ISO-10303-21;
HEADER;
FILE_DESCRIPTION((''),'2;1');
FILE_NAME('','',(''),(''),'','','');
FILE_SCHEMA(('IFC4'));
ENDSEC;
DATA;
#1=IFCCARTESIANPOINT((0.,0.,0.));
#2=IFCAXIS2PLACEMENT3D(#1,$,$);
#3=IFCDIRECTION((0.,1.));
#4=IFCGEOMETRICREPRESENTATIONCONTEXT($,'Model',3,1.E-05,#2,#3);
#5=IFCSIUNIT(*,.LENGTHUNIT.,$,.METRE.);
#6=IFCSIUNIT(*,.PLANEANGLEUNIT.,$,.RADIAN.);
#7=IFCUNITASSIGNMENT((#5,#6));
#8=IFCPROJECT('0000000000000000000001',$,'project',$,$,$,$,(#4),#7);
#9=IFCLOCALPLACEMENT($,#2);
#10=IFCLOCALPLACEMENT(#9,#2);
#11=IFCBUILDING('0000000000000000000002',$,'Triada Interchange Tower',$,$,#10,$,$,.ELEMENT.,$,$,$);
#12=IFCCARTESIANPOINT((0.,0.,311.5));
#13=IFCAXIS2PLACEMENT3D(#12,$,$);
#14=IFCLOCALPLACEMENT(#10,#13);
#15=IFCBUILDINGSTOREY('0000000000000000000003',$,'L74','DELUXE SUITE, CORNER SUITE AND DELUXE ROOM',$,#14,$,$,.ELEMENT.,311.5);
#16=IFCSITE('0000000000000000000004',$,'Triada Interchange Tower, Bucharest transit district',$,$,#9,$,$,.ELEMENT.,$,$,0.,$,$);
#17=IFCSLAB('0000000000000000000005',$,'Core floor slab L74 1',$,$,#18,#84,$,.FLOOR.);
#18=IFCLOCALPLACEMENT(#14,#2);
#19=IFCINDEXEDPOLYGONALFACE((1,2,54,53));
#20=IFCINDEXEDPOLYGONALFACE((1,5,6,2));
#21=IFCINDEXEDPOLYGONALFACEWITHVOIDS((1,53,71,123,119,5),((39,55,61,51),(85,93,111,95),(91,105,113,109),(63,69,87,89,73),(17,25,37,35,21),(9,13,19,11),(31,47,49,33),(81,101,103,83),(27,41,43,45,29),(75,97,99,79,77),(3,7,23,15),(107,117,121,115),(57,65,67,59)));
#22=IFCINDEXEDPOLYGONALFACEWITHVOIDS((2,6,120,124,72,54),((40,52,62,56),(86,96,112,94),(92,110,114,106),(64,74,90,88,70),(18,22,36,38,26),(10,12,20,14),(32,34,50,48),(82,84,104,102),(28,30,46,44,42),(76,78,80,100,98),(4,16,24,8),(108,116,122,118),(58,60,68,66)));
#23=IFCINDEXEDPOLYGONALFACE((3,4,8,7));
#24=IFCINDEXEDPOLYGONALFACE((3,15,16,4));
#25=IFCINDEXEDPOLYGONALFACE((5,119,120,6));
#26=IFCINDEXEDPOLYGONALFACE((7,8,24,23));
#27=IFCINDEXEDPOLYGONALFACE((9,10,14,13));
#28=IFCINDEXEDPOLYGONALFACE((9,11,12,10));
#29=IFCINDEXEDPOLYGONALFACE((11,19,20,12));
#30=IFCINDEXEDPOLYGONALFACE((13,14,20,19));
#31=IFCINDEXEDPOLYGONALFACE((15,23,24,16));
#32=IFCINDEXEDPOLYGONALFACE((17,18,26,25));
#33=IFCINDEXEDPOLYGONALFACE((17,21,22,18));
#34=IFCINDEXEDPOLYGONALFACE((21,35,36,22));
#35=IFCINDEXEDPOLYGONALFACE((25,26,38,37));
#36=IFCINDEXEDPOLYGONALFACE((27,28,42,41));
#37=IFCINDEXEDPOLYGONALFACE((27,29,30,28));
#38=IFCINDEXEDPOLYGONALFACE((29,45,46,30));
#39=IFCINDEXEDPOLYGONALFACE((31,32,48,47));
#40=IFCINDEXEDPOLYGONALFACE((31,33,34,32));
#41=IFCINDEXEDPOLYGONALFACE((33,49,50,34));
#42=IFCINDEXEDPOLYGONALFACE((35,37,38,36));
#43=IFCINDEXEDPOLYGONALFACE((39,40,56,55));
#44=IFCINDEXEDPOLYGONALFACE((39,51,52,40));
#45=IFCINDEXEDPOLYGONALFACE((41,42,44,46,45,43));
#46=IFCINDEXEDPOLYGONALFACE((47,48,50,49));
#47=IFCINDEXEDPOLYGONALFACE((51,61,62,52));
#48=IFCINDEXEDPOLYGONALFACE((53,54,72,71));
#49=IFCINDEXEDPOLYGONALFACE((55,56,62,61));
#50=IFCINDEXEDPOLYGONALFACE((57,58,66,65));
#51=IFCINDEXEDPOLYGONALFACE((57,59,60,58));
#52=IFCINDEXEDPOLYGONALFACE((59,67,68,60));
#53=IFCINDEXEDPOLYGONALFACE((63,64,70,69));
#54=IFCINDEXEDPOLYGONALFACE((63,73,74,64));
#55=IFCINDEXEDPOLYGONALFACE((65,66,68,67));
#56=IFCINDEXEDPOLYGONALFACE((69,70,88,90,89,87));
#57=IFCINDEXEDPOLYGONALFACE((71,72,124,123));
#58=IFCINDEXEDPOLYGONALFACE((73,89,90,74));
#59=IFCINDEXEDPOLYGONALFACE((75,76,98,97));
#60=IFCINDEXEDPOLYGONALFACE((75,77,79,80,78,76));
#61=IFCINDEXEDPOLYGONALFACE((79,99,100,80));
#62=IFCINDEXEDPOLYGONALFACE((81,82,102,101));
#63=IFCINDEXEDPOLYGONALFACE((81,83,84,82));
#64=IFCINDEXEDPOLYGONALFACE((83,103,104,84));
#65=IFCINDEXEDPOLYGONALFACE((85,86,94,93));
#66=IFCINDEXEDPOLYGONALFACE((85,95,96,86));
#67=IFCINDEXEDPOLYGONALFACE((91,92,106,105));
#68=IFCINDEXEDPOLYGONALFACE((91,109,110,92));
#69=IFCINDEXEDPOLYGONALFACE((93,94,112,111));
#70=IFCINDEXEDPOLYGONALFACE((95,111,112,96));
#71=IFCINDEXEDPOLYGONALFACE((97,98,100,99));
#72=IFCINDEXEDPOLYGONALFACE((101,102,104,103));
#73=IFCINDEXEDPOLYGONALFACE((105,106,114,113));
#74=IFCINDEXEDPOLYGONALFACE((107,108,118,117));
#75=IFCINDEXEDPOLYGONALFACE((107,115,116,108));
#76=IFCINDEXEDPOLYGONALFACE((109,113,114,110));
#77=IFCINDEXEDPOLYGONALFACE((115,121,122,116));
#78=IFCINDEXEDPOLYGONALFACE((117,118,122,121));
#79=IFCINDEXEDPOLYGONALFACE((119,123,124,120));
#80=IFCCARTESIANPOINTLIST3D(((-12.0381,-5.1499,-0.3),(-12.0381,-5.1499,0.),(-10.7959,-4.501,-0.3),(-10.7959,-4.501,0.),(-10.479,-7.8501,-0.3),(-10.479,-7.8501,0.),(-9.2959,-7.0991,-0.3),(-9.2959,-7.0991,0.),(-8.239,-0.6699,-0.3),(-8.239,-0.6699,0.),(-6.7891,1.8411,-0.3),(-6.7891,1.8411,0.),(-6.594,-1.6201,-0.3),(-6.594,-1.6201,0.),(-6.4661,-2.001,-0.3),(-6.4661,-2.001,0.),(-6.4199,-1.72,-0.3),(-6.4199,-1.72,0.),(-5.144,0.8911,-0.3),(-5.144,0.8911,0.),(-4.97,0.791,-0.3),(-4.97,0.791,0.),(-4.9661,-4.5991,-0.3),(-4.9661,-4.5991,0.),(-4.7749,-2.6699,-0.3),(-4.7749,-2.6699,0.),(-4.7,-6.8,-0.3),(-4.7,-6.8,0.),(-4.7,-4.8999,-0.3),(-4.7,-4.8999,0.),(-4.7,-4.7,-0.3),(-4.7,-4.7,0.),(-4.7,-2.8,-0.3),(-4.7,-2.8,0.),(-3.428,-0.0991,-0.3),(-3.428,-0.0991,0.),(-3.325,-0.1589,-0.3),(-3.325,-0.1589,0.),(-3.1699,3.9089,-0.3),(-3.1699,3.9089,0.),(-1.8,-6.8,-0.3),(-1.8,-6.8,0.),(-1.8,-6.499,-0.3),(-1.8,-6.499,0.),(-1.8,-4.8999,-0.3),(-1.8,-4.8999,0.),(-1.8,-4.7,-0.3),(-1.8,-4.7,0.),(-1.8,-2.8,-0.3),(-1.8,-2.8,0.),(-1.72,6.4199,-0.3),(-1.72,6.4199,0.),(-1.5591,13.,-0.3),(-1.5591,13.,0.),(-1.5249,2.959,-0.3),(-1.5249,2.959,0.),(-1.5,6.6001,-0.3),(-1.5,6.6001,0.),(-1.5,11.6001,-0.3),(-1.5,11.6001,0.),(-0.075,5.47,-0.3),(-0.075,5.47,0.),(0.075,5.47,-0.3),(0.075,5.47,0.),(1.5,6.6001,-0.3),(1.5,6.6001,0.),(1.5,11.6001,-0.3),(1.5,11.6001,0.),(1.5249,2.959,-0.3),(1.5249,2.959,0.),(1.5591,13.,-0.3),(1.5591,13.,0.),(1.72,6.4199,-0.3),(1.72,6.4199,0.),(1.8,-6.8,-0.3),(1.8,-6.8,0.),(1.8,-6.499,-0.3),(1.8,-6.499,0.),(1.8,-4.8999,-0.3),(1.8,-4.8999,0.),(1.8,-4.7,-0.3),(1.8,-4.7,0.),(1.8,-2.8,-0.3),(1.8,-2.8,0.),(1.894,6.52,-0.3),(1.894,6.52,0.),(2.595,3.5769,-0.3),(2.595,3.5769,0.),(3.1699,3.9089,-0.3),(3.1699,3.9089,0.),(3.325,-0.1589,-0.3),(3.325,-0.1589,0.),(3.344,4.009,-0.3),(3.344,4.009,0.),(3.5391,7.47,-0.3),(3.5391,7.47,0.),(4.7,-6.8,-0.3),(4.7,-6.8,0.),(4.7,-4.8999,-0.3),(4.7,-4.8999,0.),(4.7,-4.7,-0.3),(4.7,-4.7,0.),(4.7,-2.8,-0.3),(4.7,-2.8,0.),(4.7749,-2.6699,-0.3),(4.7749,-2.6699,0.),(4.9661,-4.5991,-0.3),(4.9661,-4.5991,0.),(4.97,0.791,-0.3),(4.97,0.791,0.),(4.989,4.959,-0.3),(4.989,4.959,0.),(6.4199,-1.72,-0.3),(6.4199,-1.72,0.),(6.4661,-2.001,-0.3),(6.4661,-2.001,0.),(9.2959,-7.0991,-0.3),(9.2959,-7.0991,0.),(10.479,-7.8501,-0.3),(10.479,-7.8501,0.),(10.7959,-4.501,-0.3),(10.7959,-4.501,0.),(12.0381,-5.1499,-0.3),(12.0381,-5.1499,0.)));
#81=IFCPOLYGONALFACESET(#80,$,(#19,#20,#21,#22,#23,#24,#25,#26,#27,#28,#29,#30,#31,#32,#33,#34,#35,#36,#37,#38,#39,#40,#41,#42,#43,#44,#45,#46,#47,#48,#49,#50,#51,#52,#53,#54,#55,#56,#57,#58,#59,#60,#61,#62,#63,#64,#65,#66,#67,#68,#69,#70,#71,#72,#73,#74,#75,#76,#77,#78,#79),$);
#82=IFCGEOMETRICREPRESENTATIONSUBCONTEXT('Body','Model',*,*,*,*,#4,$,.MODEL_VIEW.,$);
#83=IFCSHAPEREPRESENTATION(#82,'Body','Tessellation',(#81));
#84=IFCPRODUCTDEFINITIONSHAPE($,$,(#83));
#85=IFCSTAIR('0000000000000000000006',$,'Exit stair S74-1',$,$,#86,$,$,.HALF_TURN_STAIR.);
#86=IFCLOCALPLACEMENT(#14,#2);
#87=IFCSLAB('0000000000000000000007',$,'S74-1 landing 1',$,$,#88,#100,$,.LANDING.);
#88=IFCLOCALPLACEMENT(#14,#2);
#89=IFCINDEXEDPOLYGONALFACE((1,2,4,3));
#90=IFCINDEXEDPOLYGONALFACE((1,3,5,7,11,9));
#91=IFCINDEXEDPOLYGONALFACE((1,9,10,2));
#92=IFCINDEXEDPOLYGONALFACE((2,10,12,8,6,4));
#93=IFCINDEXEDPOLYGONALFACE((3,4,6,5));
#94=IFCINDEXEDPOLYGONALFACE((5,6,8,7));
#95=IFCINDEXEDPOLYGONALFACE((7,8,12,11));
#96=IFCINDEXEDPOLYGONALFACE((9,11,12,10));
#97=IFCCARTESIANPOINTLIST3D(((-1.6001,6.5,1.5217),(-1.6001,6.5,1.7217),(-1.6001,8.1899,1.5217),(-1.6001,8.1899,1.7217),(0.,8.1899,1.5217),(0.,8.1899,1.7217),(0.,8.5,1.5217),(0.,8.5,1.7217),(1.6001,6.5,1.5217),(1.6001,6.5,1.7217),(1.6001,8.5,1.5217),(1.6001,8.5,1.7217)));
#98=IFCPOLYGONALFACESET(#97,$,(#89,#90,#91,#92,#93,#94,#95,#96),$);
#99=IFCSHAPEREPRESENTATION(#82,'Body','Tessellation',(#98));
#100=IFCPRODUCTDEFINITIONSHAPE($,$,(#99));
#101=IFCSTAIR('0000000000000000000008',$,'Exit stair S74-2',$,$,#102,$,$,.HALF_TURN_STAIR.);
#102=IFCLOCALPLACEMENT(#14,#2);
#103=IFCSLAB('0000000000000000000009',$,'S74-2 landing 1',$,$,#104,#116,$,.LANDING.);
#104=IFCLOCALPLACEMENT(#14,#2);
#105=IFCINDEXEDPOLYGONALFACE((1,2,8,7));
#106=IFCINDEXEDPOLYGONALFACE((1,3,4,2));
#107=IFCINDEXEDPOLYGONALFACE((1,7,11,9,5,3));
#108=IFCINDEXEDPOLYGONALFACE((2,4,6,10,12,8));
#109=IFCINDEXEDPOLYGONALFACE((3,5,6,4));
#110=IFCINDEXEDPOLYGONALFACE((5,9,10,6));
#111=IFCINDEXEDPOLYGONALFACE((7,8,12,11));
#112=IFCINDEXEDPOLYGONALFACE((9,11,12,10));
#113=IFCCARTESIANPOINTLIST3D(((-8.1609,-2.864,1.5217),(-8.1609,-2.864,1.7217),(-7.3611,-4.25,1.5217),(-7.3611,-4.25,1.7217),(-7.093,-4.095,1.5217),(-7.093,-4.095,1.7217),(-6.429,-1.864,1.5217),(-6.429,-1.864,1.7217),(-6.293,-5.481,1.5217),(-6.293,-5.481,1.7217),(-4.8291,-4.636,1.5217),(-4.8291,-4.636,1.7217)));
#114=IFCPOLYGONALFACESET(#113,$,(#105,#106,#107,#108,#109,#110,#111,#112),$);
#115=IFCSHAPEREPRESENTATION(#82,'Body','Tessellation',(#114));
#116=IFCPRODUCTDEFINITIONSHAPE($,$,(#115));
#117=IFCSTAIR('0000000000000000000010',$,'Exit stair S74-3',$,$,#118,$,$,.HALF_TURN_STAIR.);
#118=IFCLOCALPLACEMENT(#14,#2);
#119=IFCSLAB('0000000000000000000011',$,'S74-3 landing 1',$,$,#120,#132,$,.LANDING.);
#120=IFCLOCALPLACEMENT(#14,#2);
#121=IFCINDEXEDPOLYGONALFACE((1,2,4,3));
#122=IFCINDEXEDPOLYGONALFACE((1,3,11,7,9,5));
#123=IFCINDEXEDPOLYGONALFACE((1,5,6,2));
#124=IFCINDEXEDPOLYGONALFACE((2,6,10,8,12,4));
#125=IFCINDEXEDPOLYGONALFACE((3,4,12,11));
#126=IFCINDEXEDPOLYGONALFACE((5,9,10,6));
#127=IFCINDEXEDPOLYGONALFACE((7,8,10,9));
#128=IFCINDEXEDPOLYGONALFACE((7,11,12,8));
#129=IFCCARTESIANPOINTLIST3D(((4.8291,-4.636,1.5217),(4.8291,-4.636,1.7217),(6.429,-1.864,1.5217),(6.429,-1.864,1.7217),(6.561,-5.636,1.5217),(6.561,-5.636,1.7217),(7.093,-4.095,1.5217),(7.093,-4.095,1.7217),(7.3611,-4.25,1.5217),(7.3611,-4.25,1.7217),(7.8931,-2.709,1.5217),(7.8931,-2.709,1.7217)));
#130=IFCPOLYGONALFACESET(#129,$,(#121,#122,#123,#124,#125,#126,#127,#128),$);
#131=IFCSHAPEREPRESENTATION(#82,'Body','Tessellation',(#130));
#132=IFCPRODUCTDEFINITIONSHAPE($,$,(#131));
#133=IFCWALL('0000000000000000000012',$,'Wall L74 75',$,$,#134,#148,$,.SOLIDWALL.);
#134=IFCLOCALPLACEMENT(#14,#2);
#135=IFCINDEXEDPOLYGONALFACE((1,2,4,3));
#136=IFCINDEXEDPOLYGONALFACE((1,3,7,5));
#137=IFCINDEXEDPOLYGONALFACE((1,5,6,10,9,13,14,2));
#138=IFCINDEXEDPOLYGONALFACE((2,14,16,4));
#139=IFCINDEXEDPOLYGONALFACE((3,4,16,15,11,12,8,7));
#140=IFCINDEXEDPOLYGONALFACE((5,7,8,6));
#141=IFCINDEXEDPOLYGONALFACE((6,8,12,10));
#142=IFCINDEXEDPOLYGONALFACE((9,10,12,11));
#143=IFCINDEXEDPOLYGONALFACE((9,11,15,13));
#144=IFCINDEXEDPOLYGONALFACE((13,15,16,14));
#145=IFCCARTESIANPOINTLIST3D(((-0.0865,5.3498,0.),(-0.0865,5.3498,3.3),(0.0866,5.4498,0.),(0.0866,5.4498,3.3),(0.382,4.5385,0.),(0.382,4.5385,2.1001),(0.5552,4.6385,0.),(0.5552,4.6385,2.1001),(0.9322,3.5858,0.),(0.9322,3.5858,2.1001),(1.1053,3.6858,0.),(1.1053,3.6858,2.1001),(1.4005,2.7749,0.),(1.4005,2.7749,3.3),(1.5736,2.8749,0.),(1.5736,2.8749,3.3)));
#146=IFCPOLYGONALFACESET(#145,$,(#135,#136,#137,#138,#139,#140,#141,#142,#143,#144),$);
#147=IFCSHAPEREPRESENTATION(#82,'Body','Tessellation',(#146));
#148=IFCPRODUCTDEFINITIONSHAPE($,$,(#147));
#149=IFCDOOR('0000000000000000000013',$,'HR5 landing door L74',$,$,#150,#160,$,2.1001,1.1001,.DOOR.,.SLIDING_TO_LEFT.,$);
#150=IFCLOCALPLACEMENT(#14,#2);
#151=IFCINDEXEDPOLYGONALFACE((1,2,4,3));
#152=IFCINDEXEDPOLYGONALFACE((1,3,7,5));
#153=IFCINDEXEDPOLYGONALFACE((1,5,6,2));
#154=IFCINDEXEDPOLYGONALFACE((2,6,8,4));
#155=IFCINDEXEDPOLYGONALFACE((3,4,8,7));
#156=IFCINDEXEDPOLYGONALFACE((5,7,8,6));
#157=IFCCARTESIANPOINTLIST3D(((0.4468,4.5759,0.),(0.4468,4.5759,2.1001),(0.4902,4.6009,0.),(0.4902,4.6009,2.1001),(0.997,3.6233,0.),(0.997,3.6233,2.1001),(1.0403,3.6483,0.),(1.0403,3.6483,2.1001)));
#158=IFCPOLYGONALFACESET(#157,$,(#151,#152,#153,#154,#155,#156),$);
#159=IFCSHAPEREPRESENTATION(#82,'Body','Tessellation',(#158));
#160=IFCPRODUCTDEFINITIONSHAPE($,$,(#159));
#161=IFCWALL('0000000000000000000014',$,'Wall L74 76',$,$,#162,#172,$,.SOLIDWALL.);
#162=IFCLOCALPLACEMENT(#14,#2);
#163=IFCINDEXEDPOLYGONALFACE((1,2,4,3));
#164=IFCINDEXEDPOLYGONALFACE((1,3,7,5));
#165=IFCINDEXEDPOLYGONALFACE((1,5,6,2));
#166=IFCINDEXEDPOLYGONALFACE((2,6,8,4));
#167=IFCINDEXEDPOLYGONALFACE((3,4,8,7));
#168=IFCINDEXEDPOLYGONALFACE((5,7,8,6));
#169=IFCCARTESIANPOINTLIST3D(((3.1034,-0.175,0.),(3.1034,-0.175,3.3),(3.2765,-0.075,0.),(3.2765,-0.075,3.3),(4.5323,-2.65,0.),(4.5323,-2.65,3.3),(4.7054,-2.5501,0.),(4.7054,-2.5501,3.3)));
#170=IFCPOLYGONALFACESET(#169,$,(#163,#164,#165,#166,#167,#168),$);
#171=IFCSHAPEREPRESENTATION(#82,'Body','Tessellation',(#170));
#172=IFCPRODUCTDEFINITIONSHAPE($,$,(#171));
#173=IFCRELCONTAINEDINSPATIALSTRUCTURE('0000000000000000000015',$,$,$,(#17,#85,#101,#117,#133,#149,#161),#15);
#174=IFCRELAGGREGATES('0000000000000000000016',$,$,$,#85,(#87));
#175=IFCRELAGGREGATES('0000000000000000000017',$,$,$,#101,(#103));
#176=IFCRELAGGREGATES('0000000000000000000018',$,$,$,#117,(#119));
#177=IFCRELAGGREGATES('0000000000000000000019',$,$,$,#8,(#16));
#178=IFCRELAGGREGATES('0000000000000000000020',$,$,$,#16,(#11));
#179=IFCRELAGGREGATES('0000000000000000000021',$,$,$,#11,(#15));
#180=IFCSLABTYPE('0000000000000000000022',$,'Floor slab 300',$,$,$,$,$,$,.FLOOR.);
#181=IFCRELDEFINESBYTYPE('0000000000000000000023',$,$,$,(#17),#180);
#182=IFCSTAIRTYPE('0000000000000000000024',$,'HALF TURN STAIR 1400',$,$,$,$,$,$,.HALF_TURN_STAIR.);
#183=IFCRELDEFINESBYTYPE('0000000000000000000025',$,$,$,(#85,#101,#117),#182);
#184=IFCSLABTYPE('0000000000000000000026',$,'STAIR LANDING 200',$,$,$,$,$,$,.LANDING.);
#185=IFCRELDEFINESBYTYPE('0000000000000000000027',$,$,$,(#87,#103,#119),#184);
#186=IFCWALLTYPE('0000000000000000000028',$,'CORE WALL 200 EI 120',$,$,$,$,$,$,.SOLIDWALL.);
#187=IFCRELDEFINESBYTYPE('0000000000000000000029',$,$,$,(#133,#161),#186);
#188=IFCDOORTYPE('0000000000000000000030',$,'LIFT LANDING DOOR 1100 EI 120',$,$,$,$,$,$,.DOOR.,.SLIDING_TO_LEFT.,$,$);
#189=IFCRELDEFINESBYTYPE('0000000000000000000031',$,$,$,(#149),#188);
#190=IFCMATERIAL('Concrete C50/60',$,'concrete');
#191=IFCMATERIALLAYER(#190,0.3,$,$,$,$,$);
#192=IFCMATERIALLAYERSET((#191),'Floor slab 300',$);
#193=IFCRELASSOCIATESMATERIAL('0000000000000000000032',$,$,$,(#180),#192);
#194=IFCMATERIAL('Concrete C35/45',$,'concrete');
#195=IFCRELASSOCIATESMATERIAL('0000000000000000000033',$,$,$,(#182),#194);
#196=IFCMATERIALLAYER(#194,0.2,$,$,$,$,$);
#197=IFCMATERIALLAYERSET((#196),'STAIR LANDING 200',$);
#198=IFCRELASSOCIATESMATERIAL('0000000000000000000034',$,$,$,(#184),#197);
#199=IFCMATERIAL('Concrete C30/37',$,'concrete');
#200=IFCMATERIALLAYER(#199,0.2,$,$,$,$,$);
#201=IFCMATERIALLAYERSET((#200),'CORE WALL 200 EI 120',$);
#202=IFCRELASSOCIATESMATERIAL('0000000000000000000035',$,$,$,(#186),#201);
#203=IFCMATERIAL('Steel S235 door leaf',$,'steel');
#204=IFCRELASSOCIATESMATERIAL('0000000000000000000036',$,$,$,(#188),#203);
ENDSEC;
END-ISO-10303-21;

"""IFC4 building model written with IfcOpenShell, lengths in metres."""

from ifc_helpers import new_model, si_unit, direction, frame, frame_2d, origin, place, context, subcontext, project, spatial, polyline, rectangle, outline, extrude, material, layer, layer_set, type_object, element, fill, aggregate, save


model = new_model("IFC4")

# Units and contexts
model_context = context("Model", 3, precision=1e-05, world=origin(), true_north=direction((0.0, 1.0)))
body_context = subcontext(model_context, "Body", "Model", "MODEL_VIEW")
ifc_project = project(units=[si_unit("LENGTHUNIT", "METRE"), si_unit("PLANEANGLEUNIT", "RADIAN")], contexts=[model_context])

# Site, building, storey
site_placement = place(None, origin())
site = spatial("IfcSite", under=ifc_project, at=site_placement, Name="Triada Interchange Tower, Bucharest transit district", CompositionType="ELEMENT", RefElevation=0.0)
building_placement = place(site_placement, origin())
building = spatial("IfcBuilding", under=site, at=building_placement, Name="Triada Interchange Tower", CompositionType="ELEMENT")
storey_placement = place(building_placement, frame((0.0, 0.0, 311.5)))
storey = spatial("IfcBuildingStorey", under=building, at=storey_placement, Name="L74", Description="DELUXE SUITE, CORNER SUITE AND DELUXE ROOM", CompositionType="ELEMENT", Elevation=311.5)

# Slab
ifc_material_1 = material(Name="Concrete C50/60", Category="concrete")
ifc_layer_1 = layer(ifc_material_1, 0.3)
ifc_layer_set_1 = layer_set([ifc_layer_1], Name="Floor slab 300")
slab_type_1 = type_object("IfcSlabType", Name="Floor slab 300", PredefinedType="FLOOR", material=ifc_layer_set_1)
slab_1_placement = place(storey_placement, frame((0.0, 0.0, -0.3)))
element("IfcSlab", 1, at=slab_1_placement, inside=storey, type_object=slab_type_1, Name="Core floor slab L74 1", PredefinedType="FLOOR", context=body_context, shape_type="SweptSolid", body=[
    extrude(outline(polyline([(12.0381, -5.1499), (10.479, -7.8501), (-10.479, -7.8501), (-12.0381, -5.1499), (-1.5591, 13.0), (1.5591, 13.0), (12.0381, -5.1499)]), holes=[polyline([(9.2959, -7.0991), (10.7959, -4.501), (6.4661, -2.001), (4.9661, -4.5991), (9.2959, -7.0991)]), polyline([(4.97, 0.791), (3.325, -0.1589), (4.7749, -2.6699), (6.4199, -1.72), (4.97, 0.791)]), polyline([(1.894, 6.52), (3.344, 4.009), (4.989, 4.959), (3.5391, 7.47), (1.894, 6.52)]), polyline([(1.8, -4.8999), (1.8, -6.499), (1.8, -6.8), (4.7, -6.8), (4.7, -4.8999), (1.8, -4.8999)]), polyline([(4.7, -2.8), (1.8, -2.8), (1.8, -4.7), (4.7, -4.7), (4.7, -2.8)]), polyline([(1.5249, 2.959), (2.595, 3.5769), (3.1699, 3.9089), (1.72, 6.4199), (0.075, 5.47), (1.5249, 2.959)]), polyline([(-1.5, 11.6001), (-1.5, 6.6001), (1.5, 6.6001), (1.5, 11.6001), (-1.5, 11.6001)]), polyline([(-1.5249, 2.959), (-0.075, 5.47), (-1.72, 6.4199), (-3.1699, 3.9089), (-1.5249, 2.959)]), polyline([(-1.8, -2.8), (-4.7, -2.8), (-4.7, -4.7), (-1.8, -4.7), (-1.8, -2.8)]), polyline([(-4.7, -6.8), (-1.8, -6.8), (-1.8, -6.499), (-1.8, -4.8999), (-4.7, -4.8999), (-4.7, -6.8)]), polyline([(-3.428, -0.0991), (-4.97, 0.791), (-6.4199, -1.72), (-4.7749, -2.6699), (-3.325, -0.1589), (-3.428, -0.0991)]), polyline([(-10.7959, -4.501), (-9.2959, -7.0991), (-4.9661, -4.5991), (-6.4661, -2.001), (-10.7959, -4.501)]), polyline([(-6.594, -1.6201), (-5.144, 0.8911), (-6.7891, 1.8411), (-8.239, -0.6699), (-6.594, -1.6201)])]), origin(), (0.0, 0.0, 1.0), 0.3),
])

# Stairs, slabs
ifc_material_2 = material(Name="Concrete C35/45", Category="concrete")
stair_type = type_object("IfcStairType", Name="HALF TURN STAIR 1400", PredefinedType="HALF_TURN_STAIR", material=ifc_material_2)
stair_1_placement = place(storey_placement, origin())
stair_1 = element("IfcStair", 2, at=stair_1_placement, inside=storey, type_object=stair_type, Name="Exit stair S74-1", PredefinedType="HALF_TURN_STAIR")
ifc_layer_2 = layer(ifc_material_2, 0.2)
ifc_layer_set_2 = layer_set([ifc_layer_2], Name="STAIR LANDING 200")
slab_type_2 = type_object("IfcSlabType", Name="STAIR LANDING 200", PredefinedType="LANDING", material=ifc_layer_set_2)
slab_2_placement = place(storey_placement, frame((0.0, 0.0, 1.5217)))
slab_2 = element("IfcSlab", 3, at=slab_2_placement, type_object=slab_type_2, Name="S74-1 landing 1", PredefinedType="LANDING", context=body_context, shape_type="SweptSolid", body=[
    extrude(outline(polyline([(1.6001, 6.5), (1.6001, 8.5), (0.0, 8.5), (0.0, 8.1899), (-1.6001, 8.1899), (-1.6001, 6.5), (1.6001, 6.5)])), origin(), (0.0, 0.0, 1.0), 0.2),
])
aggregate(stair_1, [slab_2])
stair_2_placement = place(storey_placement, origin())
stair_2 = element("IfcStair", 4, at=stair_2_placement, inside=storey, type_object=stair_type, Name="Exit stair S74-2", PredefinedType="HALF_TURN_STAIR")
slab_3_placement = place(storey_placement, frame((0.0, 0.0, 1.5217)))
slab_3 = element("IfcSlab", 5, at=slab_3_placement, type_object=slab_type_2, Name="S74-2 landing 1", PredefinedType="LANDING", context=body_context, shape_type="SweptSolid", body=[
    extrude(outline(polyline([(-6.429, -1.864), (-8.1609, -2.864), (-7.3611, -4.25), (-7.093, -4.095), (-6.293, -5.481), (-4.8291, -4.636), (-6.429, -1.864)])), origin(), (0.0, 0.0, 1.0), 0.2),
])
aggregate(stair_2, [slab_3])
stair_3_placement = place(storey_placement, origin())
stair_3 = element("IfcStair", 6, at=stair_3_placement, inside=storey, type_object=stair_type, Name="Exit stair S74-3", PredefinedType="HALF_TURN_STAIR")
slab_4_placement = place(storey_placement, frame((0.0, 0.0, 1.5217)))
slab_4 = element("IfcSlab", 7, at=slab_4_placement, type_object=slab_type_2, Name="S74-3 landing 1", PredefinedType="LANDING", context=body_context, shape_type="SweptSolid", body=[
    extrude(outline(polyline([(4.8291, -4.636), (6.561, -5.636), (7.3611, -4.25), (7.093, -4.095), (7.8931, -2.709), (6.429, -1.864), (4.8291, -4.636)])), origin(), (0.0, 0.0, 1.0), 0.2),
])
aggregate(stair_3, [slab_4])

# Wall, opening, door
ifc_material_3 = material(Name="Concrete C30/37", Category="concrete")
ifc_layer_3 = layer(ifc_material_3, 0.2)
ifc_layer_set_3 = layer_set([ifc_layer_3], Name="CORE WALL 200 EI 120")
wall_type_1 = type_object("IfcWallType", Name="CORE WALL 200 EI 120", PredefinedType="SOLIDWALL", material=ifc_layer_set_3)
wall_1_placement = place(storey_placement, frame((0.0, 5.3999, 0.0), z_axis=(0.0, 0.0, 1.0), x_axis=(0.500104, -0.865965, 0.0)))
wall_1 = element("IfcWall", 8, at=wall_1_placement, inside=storey, type_object=wall_type_1, Name="Wall L74 75", PredefinedType="SOLIDWALL", context=body_context, shape_type="SweptSolid", body=[
    extrude(rectangle(XDim=2.9734, YDim=0.2, at=frame_2d((1.4868, 0.0))), origin(), (0.0, 0.0, 1.0), 3.3),
])
opening_1_placement = place(wall_1_placement, frame((0.937, 0.0, 0.0)))
opening_1 = element("IfcOpeningElement", 9, at=opening_1_placement, cuts=wall_1, PredefinedType="OPENING", context=body_context, shape_type="SweptSolid", body=[
    extrude(rectangle(XDim=1.1001, YDim=2.1001, at=frame_2d((0.55, 1.05))), frame((0.0, 0.1099, 0.0), z_axis=(0.0, -1.0, 0.0), x_axis=(1.0, 0.0, 0.0)), (0.0, 0.0, 1.0), 0.22),
])
ifc_material_4 = material(Name="Steel S235 door leaf", Category="steel")
door_type_1 = type_object("IfcDoorType", Name="LIFT LANDING DOOR 1100 EI 120", OperationType="SLIDING_TO_LEFT", PredefinedType="DOOR", material=ifc_material_4)
door_1_placement = place(opening_1_placement, origin())
door_1 = element("IfcDoor", 10, at=door_1_placement, inside=storey, type_object=door_type_1, Name="HR5 landing door L74", OperationType="SLIDING_TO_LEFT", OverallHeight=2.1001, OverallWidth=1.1001, PredefinedType="DOOR", context=body_context, shape_type="SweptSolid", body=[
    extrude(rectangle(XDim=1.1001, YDim=2.1001, at=frame_2d((0.55, 1.05))), frame((0.0, 0.0249, 0.0), z_axis=(0.0, -1.0, 0.0), x_axis=(1.0, 0.0, 0.0)), (0.0, 0.0, 1.0), 0.05),
])
fill(opening_1, door_1)

# Wall
wall_2_placement = place(storey_placement, frame((3.1899, -0.125, 0.0), z_axis=(0.0, 0.0, 1.0), x_axis=(0.499989, -0.866032, 0.0)))
element("IfcWall", 11, at=wall_2_placement, inside=storey, type_object=wall_type_1, Name="Wall L74 76", PredefinedType="SOLIDWALL", context=body_context, shape_type="SweptSolid", body=[
    extrude(rectangle(XDim=2.8579, YDim=0.2, at=frame_2d((1.429, 0.0))), origin(), (0.0, 0.0, 1.0), 3.3),
])

save(model, "model.ifc")
